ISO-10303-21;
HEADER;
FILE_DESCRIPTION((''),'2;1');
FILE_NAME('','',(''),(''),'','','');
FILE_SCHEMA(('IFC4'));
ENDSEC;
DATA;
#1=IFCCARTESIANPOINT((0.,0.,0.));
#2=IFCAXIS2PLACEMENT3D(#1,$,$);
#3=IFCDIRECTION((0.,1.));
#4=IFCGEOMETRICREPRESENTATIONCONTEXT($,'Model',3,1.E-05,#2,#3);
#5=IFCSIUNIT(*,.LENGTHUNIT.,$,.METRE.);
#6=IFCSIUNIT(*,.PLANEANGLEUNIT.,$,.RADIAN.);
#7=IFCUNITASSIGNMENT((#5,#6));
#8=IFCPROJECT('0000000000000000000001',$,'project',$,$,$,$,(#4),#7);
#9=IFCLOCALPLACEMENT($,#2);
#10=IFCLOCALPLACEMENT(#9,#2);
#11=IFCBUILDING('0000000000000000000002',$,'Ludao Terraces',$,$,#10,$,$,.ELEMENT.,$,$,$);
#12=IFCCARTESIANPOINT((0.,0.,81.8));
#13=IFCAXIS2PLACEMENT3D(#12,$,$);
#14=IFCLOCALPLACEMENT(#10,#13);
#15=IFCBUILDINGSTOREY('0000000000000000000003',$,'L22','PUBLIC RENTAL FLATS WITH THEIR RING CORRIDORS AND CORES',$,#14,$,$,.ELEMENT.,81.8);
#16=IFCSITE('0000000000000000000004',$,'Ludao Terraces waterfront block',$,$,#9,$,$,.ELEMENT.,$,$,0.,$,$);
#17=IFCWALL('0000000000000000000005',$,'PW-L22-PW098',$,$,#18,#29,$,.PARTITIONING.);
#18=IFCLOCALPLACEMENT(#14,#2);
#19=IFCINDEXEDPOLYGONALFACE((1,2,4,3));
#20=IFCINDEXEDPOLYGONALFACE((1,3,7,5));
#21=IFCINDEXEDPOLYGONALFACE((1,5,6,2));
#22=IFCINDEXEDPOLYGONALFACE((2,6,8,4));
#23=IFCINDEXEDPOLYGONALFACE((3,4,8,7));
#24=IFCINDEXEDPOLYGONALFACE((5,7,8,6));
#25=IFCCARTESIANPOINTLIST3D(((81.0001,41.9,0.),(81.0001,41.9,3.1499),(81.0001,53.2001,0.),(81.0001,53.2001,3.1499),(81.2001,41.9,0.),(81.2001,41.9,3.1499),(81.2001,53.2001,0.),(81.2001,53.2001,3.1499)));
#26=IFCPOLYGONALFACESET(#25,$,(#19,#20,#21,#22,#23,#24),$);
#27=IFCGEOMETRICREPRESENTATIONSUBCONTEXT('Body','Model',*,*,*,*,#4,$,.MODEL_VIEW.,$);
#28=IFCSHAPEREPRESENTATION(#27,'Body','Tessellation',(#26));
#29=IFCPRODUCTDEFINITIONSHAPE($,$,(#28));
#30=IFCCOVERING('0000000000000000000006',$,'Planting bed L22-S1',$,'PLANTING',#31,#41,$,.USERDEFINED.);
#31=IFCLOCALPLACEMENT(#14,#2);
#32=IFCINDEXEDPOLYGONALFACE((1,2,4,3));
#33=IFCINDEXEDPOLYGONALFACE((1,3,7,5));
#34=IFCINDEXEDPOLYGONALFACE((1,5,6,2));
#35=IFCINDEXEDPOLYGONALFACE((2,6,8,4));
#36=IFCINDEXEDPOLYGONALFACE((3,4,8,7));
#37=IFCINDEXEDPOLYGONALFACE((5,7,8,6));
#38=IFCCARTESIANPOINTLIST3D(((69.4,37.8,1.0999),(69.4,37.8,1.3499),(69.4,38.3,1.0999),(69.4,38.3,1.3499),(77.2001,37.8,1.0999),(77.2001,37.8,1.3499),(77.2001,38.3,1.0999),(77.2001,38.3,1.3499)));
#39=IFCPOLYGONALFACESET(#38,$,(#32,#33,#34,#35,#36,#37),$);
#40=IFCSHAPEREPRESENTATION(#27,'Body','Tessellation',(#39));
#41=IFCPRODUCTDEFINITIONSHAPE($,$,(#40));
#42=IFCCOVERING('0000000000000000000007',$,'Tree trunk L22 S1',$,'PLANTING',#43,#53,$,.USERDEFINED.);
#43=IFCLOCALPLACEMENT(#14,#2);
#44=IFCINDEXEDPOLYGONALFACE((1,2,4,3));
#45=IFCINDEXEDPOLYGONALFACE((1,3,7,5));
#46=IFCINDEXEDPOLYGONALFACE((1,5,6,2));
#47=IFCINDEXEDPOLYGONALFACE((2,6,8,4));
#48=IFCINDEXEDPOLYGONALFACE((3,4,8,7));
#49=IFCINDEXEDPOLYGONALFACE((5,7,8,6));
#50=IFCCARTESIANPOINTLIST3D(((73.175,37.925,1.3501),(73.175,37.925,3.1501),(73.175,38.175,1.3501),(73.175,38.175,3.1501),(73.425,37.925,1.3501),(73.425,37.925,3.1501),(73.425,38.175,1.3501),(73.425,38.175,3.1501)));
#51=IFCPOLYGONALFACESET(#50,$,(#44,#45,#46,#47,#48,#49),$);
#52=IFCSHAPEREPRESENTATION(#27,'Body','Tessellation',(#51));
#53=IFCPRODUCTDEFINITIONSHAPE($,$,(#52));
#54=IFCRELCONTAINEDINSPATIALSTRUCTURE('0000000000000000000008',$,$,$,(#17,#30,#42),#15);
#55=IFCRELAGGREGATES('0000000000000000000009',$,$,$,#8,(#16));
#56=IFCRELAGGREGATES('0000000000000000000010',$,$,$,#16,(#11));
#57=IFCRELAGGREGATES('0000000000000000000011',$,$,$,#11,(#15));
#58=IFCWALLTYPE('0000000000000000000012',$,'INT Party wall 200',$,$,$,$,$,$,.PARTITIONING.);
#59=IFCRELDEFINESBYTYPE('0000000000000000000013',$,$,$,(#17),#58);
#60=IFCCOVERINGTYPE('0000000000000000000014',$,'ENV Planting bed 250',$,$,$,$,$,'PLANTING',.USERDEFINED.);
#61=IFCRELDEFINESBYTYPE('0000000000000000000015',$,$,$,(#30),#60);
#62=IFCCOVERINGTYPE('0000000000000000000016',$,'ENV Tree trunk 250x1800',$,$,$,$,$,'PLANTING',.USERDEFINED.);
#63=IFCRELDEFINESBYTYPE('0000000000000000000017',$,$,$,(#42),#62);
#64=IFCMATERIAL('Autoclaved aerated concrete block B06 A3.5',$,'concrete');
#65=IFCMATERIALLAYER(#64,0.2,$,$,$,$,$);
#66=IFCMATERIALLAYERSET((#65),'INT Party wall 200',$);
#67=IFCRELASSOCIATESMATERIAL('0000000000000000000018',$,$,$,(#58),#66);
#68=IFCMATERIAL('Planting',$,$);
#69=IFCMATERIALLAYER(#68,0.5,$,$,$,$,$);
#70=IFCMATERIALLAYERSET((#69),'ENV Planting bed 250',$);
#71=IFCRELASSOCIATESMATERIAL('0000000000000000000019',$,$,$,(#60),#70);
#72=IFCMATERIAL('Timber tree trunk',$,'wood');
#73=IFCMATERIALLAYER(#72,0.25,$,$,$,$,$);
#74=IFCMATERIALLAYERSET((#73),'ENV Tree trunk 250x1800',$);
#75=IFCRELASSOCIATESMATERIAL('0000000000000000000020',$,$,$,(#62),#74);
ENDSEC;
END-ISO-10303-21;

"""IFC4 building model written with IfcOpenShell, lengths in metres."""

from ifc_helpers import new_model, si_unit, direction, frame, frame_2d, origin, origin_2d, place, context, subcontext, project, spatial, rectangle, extrude, material, layer, layer_set, type_object, element, save


model = new_model("IFC4")

# Units and contexts
model_context = context("Model", 3, precision=1e-05, world=origin(), true_north=direction((0.0, 1.0)))
body_context = subcontext(model_context, "Body", "Model", "MODEL_VIEW")
ifc_project = project(units=[si_unit("LENGTHUNIT", "METRE"), si_unit("PLANEANGLEUNIT", "RADIAN")], contexts=[model_context])

# Site, building, storey
site_placement = place(None, origin())
site = spatial("IfcSite", under=ifc_project, at=site_placement, Name="Ludao Terraces waterfront block", CompositionType="ELEMENT", RefElevation=0.0)
building_placement = place(site_placement, origin())
building = spatial("IfcBuilding", under=site, at=building_placement, Name="Ludao Terraces", CompositionType="ELEMENT")
storey_placement = place(building_placement, frame((0.0, 0.0, 81.8)))
storey = spatial("IfcBuildingStorey", under=building, at=storey_placement, Name="L22", Description="PUBLIC RENTAL FLATS WITH THEIR RING CORRIDORS AND CORES", CompositionType="ELEMENT", Elevation=81.8)

# Wall
ifc_material_1 = material(Name="Autoclaved aerated concrete block B06 A3.5", Category="concrete")
ifc_layer_1 = layer(ifc_material_1, 0.2)
ifc_layer_set_1 = layer_set([ifc_layer_1], Name="INT Party wall 200")
wall_type_1 = type_object("IfcWallType", Name="INT Party wall 200", PredefinedType="PARTITIONING", material=ifc_layer_set_1)
for number, where, z_axis, x_axis, name in (
    (1, (81.1001, 41.9001, 0.0), (0.0, 0.0, 1.0), (0.0, 1.0, 0.0), "PW-L22-PW098"),
):
    element("IfcWall", number, at=place(storey_placement, frame(where, z_axis=z_axis, x_axis=x_axis)), inside=storey, type_object=wall_type_1, Name=name, PredefinedType="PARTITIONING", context=body_context, shape_type="SweptSolid", body=[
        extrude(rectangle(XDim=11.3, YDim=0.2, at=frame_2d((5.6499, 0.0))), origin(), (0.0, 0.0, 1.0), 3.1499),
    ])

# Coverings
ifc_material_2 = material(Name="Planting")
ifc_layer_2 = layer(ifc_material_2, 0.5)
ifc_layer_set_2 = layer_set([ifc_layer_2], Name="ENV Planting bed 250")
covering_type_1 = type_object("IfcCoveringType", Name="ENV Planting bed 250", ElementType="PLANTING", PredefinedType="USERDEFINED", material=ifc_layer_set_2)
covering_1_placement = place(storey_placement, frame((73.3, 38.05, 1.0999), z_axis=(0.0, 0.0, 1.0), x_axis=(1.0, 0.0, 0.0)))
element("IfcCovering", 2, at=covering_1_placement, inside=storey, type_object=covering_type_1, Name="Planting bed L22-S1", ObjectType="PLANTING", PredefinedType="USERDEFINED", context=body_context, shape_type="SweptSolid", body=[
    extrude(rectangle(XDim=7.8, YDim=0.5, at=origin_2d()), origin(), (0.0, 0.0, 1.0), 0.25),
])
ifc_material_3 = material(Name="Timber tree trunk", Category="wood")
ifc_layer_3 = layer(ifc_material_3, 0.25)
ifc_layer_set_3 = layer_set([ifc_layer_3], Name="ENV Tree trunk 250x1800")
covering_type_2 = type_object("IfcCoveringType", Name="ENV Tree trunk 250x1800", ElementType="PLANTING", PredefinedType="USERDEFINED", material=ifc_layer_set_3)
covering_2_placement = place(storey_placement, frame((73.3, 38.05, 1.3501), z_axis=(0.0, 0.0, 1.0), x_axis=(1.0, 0.0, 0.0)))
element("IfcCovering", 3, at=covering_2_placement, inside=storey, type_object=covering_type_2, Name="Tree trunk L22 S1", ObjectType="PLANTING", PredefinedType="USERDEFINED", context=body_context, shape_type="SweptSolid", body=[
    extrude(rectangle(XDim=0.25, YDim=0.25, at=origin_2d()), origin(), (0.0, 0.0, 1.0), 1.8),
])

save(model, "model.ifc")
